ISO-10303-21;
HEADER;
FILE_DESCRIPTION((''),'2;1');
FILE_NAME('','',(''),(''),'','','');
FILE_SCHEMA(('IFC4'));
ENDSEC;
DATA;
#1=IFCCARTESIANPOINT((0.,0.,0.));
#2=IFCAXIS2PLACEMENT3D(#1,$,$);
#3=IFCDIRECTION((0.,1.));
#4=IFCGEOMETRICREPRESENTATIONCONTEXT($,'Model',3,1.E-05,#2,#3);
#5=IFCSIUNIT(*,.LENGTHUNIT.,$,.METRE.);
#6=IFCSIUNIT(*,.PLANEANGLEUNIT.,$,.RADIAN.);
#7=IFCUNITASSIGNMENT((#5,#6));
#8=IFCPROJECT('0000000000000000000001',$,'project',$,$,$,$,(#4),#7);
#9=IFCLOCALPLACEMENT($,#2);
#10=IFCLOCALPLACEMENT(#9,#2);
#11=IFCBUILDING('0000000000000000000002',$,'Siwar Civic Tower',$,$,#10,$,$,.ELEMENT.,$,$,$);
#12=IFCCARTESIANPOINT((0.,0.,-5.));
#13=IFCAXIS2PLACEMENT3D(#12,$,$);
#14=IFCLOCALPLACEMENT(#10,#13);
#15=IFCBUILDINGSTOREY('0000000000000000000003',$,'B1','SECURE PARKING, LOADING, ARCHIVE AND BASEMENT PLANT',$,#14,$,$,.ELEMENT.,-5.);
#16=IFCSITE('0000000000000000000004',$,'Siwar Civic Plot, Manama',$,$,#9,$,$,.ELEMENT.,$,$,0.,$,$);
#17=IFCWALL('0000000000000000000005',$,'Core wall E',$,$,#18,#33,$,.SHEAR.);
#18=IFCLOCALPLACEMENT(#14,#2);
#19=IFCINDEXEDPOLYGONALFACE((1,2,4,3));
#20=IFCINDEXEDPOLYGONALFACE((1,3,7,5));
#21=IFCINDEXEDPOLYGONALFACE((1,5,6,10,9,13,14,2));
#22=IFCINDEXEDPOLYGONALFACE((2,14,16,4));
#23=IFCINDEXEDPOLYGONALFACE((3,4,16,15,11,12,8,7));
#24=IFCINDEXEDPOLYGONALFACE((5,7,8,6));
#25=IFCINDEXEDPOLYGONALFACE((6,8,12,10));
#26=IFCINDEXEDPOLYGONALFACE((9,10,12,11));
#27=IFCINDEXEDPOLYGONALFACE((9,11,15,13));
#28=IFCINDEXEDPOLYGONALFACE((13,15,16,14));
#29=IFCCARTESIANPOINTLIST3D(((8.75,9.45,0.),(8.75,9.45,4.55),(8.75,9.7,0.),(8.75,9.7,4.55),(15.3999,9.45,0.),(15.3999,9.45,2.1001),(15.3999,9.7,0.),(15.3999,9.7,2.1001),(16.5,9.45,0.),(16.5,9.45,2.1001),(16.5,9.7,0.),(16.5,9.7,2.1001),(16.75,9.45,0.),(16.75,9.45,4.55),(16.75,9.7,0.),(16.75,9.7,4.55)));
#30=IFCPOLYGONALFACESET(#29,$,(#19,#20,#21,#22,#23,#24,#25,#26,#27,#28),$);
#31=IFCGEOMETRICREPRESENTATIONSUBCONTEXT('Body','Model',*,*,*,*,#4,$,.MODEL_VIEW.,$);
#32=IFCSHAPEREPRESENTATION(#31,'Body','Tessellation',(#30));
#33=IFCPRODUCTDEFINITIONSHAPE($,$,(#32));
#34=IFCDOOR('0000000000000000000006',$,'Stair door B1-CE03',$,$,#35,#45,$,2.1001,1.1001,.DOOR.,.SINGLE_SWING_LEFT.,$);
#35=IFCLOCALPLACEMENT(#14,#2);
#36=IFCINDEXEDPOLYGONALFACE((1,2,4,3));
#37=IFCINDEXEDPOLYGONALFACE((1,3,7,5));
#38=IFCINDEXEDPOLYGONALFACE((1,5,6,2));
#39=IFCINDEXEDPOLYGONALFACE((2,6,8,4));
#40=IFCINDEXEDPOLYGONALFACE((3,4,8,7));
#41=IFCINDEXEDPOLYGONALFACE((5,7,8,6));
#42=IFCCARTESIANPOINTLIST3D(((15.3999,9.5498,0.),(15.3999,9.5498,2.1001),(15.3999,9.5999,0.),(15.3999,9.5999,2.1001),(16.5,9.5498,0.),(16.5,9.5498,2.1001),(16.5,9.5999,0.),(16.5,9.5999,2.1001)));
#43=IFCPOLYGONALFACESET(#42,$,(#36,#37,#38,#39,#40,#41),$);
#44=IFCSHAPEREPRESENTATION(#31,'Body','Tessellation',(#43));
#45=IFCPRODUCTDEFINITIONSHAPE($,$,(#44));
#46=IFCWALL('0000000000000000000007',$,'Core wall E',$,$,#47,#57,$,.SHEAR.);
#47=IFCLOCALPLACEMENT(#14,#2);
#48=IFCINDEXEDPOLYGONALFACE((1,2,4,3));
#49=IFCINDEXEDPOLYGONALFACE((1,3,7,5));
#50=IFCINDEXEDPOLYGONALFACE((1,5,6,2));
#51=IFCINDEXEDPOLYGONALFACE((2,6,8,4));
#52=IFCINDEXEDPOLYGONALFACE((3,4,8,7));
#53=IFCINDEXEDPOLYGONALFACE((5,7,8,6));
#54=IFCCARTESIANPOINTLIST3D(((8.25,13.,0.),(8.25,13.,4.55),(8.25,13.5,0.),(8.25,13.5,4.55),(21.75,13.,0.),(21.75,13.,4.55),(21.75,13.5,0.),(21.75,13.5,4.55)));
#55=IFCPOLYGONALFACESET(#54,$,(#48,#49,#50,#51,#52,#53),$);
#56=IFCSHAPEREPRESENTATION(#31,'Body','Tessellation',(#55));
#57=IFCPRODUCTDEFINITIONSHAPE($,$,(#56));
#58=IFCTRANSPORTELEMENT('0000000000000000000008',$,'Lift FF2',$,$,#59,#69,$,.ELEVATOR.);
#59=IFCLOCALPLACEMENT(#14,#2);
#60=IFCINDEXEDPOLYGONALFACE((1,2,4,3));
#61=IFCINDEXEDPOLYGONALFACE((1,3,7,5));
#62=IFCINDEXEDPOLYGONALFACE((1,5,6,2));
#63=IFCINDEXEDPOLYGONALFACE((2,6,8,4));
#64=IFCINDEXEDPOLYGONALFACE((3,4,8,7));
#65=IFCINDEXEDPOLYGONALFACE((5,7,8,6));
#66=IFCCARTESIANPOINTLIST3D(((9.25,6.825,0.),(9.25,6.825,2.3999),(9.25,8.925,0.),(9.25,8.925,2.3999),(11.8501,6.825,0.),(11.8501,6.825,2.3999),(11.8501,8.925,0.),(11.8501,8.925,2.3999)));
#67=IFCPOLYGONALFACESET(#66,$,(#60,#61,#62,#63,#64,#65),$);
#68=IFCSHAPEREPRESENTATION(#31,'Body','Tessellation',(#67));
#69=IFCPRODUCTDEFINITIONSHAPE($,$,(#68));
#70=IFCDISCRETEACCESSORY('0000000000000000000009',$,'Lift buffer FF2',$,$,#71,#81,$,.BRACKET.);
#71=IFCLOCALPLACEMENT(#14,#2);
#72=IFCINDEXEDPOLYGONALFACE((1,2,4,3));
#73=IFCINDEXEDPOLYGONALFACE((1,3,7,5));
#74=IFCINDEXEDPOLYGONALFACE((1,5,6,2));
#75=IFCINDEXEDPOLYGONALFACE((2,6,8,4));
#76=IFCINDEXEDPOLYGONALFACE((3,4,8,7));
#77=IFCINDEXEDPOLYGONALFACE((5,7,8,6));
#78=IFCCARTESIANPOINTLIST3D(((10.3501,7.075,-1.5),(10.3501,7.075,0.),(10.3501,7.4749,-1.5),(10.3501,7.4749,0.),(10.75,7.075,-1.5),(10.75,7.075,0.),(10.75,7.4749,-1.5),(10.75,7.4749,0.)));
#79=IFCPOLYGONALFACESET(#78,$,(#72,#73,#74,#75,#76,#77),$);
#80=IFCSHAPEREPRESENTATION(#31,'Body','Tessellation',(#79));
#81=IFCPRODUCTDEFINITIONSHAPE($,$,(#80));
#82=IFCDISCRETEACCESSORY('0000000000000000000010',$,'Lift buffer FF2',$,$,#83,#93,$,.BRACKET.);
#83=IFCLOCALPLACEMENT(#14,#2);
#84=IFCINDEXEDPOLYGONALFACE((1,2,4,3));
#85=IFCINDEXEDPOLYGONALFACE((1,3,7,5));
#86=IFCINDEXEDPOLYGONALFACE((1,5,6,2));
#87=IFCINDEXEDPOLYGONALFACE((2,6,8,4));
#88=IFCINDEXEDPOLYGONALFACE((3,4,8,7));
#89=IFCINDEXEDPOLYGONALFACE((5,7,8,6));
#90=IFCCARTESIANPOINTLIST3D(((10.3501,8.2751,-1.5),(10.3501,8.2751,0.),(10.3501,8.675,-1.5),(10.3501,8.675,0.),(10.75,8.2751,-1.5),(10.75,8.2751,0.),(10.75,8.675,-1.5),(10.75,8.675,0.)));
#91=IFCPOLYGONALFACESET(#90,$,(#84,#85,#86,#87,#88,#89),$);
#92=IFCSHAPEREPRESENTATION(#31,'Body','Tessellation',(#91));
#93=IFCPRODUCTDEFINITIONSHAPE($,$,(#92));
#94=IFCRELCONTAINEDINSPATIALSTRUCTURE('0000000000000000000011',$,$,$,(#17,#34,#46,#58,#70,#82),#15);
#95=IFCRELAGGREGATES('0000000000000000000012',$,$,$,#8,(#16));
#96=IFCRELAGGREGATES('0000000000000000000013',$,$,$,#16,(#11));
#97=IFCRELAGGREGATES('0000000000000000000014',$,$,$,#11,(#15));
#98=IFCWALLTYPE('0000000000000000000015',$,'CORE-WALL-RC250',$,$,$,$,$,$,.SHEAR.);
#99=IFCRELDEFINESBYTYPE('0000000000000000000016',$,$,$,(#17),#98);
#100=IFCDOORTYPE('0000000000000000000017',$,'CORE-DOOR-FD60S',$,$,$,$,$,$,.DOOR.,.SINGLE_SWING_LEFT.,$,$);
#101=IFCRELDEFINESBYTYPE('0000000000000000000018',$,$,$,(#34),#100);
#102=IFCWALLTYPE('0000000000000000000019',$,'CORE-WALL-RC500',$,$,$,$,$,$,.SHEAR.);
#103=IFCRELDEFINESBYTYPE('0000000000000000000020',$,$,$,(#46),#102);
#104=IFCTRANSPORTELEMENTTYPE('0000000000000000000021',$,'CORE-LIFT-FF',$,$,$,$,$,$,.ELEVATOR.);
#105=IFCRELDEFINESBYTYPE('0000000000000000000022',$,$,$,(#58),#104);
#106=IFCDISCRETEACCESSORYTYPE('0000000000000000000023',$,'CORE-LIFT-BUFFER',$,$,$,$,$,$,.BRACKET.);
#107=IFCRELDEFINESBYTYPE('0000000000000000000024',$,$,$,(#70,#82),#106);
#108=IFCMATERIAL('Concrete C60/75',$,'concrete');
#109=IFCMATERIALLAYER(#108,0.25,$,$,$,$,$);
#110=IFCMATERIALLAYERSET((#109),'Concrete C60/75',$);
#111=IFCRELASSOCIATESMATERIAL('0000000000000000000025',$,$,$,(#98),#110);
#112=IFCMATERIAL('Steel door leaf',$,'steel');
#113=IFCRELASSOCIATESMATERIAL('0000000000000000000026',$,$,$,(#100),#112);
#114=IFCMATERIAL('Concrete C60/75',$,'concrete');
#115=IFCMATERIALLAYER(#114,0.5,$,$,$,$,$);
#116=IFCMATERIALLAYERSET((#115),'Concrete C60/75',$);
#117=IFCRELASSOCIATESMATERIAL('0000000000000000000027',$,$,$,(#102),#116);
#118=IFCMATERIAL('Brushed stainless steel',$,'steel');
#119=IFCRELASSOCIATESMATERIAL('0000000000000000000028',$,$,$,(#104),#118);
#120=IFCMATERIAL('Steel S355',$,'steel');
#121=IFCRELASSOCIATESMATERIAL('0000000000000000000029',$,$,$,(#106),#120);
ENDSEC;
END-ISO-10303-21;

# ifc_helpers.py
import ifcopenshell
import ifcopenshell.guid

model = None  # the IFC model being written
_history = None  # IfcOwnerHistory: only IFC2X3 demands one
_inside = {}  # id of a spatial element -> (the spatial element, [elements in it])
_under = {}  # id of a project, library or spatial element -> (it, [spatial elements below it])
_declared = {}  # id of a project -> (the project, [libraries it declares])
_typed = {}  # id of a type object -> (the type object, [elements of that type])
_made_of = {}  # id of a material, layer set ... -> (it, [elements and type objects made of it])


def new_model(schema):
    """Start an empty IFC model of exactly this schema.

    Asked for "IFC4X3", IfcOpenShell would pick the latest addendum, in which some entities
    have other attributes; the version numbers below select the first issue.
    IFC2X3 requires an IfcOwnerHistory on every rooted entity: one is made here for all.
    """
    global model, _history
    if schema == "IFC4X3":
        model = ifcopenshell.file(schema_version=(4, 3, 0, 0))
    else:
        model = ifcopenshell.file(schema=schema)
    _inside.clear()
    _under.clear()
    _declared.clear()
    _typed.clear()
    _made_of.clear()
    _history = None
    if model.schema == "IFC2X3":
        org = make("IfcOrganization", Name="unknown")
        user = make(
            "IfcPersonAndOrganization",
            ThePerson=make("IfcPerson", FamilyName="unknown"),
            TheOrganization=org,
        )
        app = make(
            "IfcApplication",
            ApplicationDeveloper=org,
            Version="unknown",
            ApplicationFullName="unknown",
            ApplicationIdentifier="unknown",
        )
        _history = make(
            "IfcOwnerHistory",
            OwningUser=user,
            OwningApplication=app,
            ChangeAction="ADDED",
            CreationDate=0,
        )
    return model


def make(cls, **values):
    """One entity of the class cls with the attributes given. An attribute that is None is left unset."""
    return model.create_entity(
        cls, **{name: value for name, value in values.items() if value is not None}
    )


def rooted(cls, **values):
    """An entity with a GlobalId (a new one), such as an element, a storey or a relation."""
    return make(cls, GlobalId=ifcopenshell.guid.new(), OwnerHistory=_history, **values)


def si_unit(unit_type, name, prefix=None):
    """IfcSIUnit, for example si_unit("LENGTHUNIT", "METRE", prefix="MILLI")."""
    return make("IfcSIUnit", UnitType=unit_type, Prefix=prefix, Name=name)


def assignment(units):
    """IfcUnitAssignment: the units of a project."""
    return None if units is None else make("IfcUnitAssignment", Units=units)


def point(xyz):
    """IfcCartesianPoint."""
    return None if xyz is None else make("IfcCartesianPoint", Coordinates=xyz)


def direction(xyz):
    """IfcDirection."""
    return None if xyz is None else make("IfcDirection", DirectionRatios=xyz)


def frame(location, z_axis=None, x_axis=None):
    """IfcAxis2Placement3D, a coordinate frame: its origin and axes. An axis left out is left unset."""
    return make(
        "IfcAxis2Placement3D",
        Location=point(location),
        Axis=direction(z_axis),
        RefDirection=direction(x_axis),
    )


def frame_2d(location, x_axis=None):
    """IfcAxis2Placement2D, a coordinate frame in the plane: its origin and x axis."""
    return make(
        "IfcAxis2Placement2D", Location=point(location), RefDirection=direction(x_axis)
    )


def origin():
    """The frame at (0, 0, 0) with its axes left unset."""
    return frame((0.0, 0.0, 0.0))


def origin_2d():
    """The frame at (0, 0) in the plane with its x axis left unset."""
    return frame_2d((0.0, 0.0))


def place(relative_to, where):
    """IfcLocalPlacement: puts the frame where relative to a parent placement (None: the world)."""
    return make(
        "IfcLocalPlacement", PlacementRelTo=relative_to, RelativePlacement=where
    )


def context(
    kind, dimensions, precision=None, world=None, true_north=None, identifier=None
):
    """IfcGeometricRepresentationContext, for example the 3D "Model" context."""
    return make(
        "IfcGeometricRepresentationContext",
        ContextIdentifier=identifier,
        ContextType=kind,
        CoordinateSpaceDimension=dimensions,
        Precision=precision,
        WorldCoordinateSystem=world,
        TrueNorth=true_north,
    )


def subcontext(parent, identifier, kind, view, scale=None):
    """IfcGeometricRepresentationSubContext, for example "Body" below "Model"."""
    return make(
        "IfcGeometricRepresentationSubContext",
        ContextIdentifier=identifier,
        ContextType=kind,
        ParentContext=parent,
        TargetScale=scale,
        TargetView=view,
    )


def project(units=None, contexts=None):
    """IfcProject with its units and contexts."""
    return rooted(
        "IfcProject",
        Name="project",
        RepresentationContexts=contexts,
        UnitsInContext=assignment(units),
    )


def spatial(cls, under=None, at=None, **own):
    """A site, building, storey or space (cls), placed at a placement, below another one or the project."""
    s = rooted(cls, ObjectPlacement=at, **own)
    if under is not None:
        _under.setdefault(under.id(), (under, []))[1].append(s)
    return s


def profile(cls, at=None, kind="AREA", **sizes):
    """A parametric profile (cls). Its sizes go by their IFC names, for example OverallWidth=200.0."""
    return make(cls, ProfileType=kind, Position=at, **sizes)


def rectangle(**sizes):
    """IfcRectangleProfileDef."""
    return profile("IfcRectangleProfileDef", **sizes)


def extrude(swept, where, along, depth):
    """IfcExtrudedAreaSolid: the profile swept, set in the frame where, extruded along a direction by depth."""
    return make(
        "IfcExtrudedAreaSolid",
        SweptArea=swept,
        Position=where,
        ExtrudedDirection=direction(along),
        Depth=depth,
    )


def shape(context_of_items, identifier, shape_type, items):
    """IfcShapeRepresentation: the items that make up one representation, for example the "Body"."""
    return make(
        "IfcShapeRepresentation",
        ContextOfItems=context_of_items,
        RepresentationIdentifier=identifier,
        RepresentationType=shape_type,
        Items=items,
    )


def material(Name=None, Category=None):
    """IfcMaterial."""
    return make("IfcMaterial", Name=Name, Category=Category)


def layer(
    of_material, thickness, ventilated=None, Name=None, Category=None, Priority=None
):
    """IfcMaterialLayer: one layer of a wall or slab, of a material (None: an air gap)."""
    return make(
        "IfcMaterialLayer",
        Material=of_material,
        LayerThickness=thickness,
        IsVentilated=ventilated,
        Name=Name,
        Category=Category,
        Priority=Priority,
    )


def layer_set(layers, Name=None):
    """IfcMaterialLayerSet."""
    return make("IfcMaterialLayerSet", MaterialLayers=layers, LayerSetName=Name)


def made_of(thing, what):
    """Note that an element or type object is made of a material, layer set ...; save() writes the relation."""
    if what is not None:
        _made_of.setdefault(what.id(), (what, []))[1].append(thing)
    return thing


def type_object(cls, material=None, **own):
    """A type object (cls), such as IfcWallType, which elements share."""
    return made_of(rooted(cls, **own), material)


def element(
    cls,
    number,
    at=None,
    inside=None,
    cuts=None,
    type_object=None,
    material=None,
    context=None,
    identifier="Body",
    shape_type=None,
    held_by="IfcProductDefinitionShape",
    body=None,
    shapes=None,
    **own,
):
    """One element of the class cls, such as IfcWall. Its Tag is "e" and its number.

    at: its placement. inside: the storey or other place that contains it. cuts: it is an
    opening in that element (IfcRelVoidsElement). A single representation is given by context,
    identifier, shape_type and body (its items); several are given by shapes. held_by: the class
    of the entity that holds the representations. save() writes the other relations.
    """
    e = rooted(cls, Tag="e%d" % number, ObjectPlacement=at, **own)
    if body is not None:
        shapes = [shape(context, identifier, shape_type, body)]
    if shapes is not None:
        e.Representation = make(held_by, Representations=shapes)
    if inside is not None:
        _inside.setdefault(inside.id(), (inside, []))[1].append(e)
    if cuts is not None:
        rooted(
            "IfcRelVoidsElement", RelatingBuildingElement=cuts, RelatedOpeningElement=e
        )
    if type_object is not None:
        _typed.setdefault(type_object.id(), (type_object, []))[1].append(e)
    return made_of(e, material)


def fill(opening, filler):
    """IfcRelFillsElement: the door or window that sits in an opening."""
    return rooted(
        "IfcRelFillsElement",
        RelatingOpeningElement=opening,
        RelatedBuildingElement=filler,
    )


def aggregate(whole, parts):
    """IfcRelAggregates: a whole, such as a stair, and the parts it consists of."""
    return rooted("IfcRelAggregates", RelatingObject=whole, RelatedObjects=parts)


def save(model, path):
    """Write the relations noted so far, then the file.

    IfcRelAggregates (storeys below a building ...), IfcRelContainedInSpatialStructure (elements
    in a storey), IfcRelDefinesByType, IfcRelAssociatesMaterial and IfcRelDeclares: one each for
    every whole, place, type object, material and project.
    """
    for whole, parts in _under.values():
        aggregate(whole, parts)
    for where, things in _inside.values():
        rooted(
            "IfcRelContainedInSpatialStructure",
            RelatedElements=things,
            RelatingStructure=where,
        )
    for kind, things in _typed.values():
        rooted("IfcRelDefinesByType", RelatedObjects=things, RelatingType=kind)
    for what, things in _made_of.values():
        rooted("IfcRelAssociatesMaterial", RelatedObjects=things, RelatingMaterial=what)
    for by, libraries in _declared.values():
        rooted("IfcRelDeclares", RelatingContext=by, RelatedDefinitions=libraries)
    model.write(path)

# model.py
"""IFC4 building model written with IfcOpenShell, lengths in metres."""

from ifc_helpers import new_model, si_unit, direction, frame, frame_2d, origin, origin_2d, place, context, subcontext, project, spatial, rectangle, extrude, material, layer, layer_set, type_object, element, fill, save


model = new_model("IFC4")

# Units and contexts
model_context = context("Model", 3, precision=1e-05, world=origin(), true_north=direction((0.0, 1.0)))
body_context = subcontext(model_context, "Body", "Model", "MODEL_VIEW")
ifc_project = project(units=[si_unit("LENGTHUNIT", "METRE"), si_unit("PLANEANGLEUNIT", "RADIAN")], contexts=[model_context])

# Site, building, storey
site_placement = place(None, origin())
site = spatial("IfcSite", under=ifc_project, at=site_placement, Name="Siwar Civic Plot, Manama", CompositionType="ELEMENT", RefElevation=0.0)
building_placement = place(site_placement, origin())
building = spatial("IfcBuilding", under=site, at=building_placement, Name="Siwar Civic Tower", CompositionType="ELEMENT")
storey_placement = place(building_placement, frame((0.0, 0.0, -5.0)))
storey = spatial("IfcBuildingStorey", under=building, at=storey_placement, Name="B1", Description="SECURE PARKING, LOADING, ARCHIVE AND BASEMENT PLANT", CompositionType="ELEMENT", Elevation=-5.0)

# Shared definitions
ifc_material_1 = material(Name="Concrete C60/75", Category="concrete")
ifc_layer_1 = layer(ifc_material_1, 0.25)
ifc_layer_set_1 = layer_set([ifc_layer_1], Name="Concrete C60/75")
wall_type_1 = type_object("IfcWallType", Name="CORE-WALL-RC250", PredefinedType="SHEAR", material=ifc_layer_set_1)

# Wall, opening, door
wall_1_placement = place(storey_placement, frame((8.75, 9.575, 0.0), z_axis=(0.0, 0.0, 1.0), x_axis=(1.0, 0.0, 0.0)))
wall_1 = element("IfcWall", 1, at=wall_1_placement, inside=storey, type_object=wall_type_1, Name="Core wall E", PredefinedType="SHEAR", context=body_context, shape_type="SweptSolid", body=[
    extrude(rectangle(XDim=8.0, YDim=0.25, at=frame_2d((4.0, 0.0))), origin(), (0.0, 0.0, 1.0), 4.55),
])
opening_placement = place(wall_1_placement, frame((6.6499, 0.0, 0.0)))
opening = element("IfcOpeningElement", 2, at=opening_placement, cuts=wall_1, PredefinedType="OPENING", context=body_context, shape_type="SweptSolid", body=[
    extrude(rectangle(XDim=1.1001, YDim=2.1001, at=frame_2d((0.55, 1.05))), frame((0.0, 0.135, 0.0), z_axis=(0.0, -1.0, 0.0), x_axis=(1.0, 0.0, 0.0)), (0.0, 0.0, 1.0), 0.27),
])
ifc_material_2 = material(Name="Steel door leaf", Category="steel")
door_type = type_object("IfcDoorType", Name="CORE-DOOR-FD60S", OperationType="SINGLE_SWING_LEFT", PredefinedType="DOOR", material=ifc_material_2)
door_placement = place(opening_placement, origin())
door = element("IfcDoor", 3, at=door_placement, inside=storey, type_object=door_type, Name="Stair door B1-CE03", OperationType="SINGLE_SWING_LEFT", OverallHeight=2.1001, OverallWidth=1.1001, PredefinedType="DOOR", context=body_context, shape_type="SweptSolid", body=[
    extrude(rectangle(XDim=1.1001, YDim=2.1001, at=frame_2d((0.55, 1.05))), frame((0.0, 0.0249, 0.0), z_axis=(0.0, -1.0, 0.0), x_axis=(1.0, 0.0, 0.0)), (0.0, 0.0, 1.0), 0.05),
])
fill(opening, door)

# Wall
ifc_material_3 = material(Name="Concrete C60/75", Category="concrete")
ifc_layer_2 = layer(ifc_material_3, 0.5)
ifc_layer_set_2 = layer_set([ifc_layer_2], Name="Concrete C60/75")
wall_type_2 = type_object("IfcWallType", Name="CORE-WALL-RC500", PredefinedType="SHEAR", material=ifc_layer_set_2)
wall_2_placement = place(storey_placement, frame((8.25, 13.25, 0.0), z_axis=(0.0, 0.0, 1.0), x_axis=(1.0, 0.0, 0.0)))
element("IfcWall", 4, at=wall_2_placement, inside=storey, type_object=wall_type_2, Name="Core wall E", PredefinedType="SHEAR", context=body_context, shape_type="SweptSolid", body=[
    extrude(rectangle(XDim=13.5, YDim=0.5, at=frame_2d((6.75, 0.0))), origin(), (0.0, 0.0, 1.0), 4.55),
])

# Transport element
ifc_material_4 = material(Name="Brushed stainless steel", Category="steel")
transport_element_type = type_object("IfcTransportElementType", Name="CORE-LIFT-FF", PredefinedType="ELEVATOR", material=ifc_material_4)
transport_element_placement = place(storey_placement, frame((10.55, 7.875, 0.0), z_axis=(0.0, 0.0, 1.0), x_axis=(1.0, 0.0, 0.0)))
element("IfcTransportElement", 5, at=transport_element_placement, inside=storey, type_object=transport_element_type, Name="Lift FF2", PredefinedType="ELEVATOR", context=body_context, shape_type="SweptSolid", body=[
    extrude(rectangle(XDim=2.6001, YDim=2.1001, at=origin_2d()), origin(), (0.0, 0.0, 1.0), 2.3999),
])

# Discrete accessories
ifc_material_5 = material(Name="Steel S355", Category="steel")
discrete_accessory_type = type_object("IfcDiscreteAccessoryType", Name="CORE-LIFT-BUFFER", PredefinedType="BRACKET", material=ifc_material_5)
for number, where, z_axis, x_axis, name in (
    (6, (10.55, 7.2749, -1.5), (0.0, 0.0, 1.0), (1.0, 0.0, 0.0), "Lift buffer FF2"),
    (7, (10.55, 8.4751, -1.5), (0.0, 0.0, 1.0), (1.0, 0.0, 0.0), "Lift buffer FF2"),
):
    element("IfcDiscreteAccessory", number, at=place(storey_placement, frame(where, z_axis=z_axis, x_axis=x_axis)), inside=storey, type_object=discrete_accessory_type, Name=name, PredefinedType="BRACKET", context=body_context, shape_type="SweptSolid", body=[
        extrude(rectangle(XDim=0.3999, YDim=0.3999, at=origin_2d()), origin(), (0.0, 0.0, 1.0), 1.5),
    ])

save(model, "model.ifc")
